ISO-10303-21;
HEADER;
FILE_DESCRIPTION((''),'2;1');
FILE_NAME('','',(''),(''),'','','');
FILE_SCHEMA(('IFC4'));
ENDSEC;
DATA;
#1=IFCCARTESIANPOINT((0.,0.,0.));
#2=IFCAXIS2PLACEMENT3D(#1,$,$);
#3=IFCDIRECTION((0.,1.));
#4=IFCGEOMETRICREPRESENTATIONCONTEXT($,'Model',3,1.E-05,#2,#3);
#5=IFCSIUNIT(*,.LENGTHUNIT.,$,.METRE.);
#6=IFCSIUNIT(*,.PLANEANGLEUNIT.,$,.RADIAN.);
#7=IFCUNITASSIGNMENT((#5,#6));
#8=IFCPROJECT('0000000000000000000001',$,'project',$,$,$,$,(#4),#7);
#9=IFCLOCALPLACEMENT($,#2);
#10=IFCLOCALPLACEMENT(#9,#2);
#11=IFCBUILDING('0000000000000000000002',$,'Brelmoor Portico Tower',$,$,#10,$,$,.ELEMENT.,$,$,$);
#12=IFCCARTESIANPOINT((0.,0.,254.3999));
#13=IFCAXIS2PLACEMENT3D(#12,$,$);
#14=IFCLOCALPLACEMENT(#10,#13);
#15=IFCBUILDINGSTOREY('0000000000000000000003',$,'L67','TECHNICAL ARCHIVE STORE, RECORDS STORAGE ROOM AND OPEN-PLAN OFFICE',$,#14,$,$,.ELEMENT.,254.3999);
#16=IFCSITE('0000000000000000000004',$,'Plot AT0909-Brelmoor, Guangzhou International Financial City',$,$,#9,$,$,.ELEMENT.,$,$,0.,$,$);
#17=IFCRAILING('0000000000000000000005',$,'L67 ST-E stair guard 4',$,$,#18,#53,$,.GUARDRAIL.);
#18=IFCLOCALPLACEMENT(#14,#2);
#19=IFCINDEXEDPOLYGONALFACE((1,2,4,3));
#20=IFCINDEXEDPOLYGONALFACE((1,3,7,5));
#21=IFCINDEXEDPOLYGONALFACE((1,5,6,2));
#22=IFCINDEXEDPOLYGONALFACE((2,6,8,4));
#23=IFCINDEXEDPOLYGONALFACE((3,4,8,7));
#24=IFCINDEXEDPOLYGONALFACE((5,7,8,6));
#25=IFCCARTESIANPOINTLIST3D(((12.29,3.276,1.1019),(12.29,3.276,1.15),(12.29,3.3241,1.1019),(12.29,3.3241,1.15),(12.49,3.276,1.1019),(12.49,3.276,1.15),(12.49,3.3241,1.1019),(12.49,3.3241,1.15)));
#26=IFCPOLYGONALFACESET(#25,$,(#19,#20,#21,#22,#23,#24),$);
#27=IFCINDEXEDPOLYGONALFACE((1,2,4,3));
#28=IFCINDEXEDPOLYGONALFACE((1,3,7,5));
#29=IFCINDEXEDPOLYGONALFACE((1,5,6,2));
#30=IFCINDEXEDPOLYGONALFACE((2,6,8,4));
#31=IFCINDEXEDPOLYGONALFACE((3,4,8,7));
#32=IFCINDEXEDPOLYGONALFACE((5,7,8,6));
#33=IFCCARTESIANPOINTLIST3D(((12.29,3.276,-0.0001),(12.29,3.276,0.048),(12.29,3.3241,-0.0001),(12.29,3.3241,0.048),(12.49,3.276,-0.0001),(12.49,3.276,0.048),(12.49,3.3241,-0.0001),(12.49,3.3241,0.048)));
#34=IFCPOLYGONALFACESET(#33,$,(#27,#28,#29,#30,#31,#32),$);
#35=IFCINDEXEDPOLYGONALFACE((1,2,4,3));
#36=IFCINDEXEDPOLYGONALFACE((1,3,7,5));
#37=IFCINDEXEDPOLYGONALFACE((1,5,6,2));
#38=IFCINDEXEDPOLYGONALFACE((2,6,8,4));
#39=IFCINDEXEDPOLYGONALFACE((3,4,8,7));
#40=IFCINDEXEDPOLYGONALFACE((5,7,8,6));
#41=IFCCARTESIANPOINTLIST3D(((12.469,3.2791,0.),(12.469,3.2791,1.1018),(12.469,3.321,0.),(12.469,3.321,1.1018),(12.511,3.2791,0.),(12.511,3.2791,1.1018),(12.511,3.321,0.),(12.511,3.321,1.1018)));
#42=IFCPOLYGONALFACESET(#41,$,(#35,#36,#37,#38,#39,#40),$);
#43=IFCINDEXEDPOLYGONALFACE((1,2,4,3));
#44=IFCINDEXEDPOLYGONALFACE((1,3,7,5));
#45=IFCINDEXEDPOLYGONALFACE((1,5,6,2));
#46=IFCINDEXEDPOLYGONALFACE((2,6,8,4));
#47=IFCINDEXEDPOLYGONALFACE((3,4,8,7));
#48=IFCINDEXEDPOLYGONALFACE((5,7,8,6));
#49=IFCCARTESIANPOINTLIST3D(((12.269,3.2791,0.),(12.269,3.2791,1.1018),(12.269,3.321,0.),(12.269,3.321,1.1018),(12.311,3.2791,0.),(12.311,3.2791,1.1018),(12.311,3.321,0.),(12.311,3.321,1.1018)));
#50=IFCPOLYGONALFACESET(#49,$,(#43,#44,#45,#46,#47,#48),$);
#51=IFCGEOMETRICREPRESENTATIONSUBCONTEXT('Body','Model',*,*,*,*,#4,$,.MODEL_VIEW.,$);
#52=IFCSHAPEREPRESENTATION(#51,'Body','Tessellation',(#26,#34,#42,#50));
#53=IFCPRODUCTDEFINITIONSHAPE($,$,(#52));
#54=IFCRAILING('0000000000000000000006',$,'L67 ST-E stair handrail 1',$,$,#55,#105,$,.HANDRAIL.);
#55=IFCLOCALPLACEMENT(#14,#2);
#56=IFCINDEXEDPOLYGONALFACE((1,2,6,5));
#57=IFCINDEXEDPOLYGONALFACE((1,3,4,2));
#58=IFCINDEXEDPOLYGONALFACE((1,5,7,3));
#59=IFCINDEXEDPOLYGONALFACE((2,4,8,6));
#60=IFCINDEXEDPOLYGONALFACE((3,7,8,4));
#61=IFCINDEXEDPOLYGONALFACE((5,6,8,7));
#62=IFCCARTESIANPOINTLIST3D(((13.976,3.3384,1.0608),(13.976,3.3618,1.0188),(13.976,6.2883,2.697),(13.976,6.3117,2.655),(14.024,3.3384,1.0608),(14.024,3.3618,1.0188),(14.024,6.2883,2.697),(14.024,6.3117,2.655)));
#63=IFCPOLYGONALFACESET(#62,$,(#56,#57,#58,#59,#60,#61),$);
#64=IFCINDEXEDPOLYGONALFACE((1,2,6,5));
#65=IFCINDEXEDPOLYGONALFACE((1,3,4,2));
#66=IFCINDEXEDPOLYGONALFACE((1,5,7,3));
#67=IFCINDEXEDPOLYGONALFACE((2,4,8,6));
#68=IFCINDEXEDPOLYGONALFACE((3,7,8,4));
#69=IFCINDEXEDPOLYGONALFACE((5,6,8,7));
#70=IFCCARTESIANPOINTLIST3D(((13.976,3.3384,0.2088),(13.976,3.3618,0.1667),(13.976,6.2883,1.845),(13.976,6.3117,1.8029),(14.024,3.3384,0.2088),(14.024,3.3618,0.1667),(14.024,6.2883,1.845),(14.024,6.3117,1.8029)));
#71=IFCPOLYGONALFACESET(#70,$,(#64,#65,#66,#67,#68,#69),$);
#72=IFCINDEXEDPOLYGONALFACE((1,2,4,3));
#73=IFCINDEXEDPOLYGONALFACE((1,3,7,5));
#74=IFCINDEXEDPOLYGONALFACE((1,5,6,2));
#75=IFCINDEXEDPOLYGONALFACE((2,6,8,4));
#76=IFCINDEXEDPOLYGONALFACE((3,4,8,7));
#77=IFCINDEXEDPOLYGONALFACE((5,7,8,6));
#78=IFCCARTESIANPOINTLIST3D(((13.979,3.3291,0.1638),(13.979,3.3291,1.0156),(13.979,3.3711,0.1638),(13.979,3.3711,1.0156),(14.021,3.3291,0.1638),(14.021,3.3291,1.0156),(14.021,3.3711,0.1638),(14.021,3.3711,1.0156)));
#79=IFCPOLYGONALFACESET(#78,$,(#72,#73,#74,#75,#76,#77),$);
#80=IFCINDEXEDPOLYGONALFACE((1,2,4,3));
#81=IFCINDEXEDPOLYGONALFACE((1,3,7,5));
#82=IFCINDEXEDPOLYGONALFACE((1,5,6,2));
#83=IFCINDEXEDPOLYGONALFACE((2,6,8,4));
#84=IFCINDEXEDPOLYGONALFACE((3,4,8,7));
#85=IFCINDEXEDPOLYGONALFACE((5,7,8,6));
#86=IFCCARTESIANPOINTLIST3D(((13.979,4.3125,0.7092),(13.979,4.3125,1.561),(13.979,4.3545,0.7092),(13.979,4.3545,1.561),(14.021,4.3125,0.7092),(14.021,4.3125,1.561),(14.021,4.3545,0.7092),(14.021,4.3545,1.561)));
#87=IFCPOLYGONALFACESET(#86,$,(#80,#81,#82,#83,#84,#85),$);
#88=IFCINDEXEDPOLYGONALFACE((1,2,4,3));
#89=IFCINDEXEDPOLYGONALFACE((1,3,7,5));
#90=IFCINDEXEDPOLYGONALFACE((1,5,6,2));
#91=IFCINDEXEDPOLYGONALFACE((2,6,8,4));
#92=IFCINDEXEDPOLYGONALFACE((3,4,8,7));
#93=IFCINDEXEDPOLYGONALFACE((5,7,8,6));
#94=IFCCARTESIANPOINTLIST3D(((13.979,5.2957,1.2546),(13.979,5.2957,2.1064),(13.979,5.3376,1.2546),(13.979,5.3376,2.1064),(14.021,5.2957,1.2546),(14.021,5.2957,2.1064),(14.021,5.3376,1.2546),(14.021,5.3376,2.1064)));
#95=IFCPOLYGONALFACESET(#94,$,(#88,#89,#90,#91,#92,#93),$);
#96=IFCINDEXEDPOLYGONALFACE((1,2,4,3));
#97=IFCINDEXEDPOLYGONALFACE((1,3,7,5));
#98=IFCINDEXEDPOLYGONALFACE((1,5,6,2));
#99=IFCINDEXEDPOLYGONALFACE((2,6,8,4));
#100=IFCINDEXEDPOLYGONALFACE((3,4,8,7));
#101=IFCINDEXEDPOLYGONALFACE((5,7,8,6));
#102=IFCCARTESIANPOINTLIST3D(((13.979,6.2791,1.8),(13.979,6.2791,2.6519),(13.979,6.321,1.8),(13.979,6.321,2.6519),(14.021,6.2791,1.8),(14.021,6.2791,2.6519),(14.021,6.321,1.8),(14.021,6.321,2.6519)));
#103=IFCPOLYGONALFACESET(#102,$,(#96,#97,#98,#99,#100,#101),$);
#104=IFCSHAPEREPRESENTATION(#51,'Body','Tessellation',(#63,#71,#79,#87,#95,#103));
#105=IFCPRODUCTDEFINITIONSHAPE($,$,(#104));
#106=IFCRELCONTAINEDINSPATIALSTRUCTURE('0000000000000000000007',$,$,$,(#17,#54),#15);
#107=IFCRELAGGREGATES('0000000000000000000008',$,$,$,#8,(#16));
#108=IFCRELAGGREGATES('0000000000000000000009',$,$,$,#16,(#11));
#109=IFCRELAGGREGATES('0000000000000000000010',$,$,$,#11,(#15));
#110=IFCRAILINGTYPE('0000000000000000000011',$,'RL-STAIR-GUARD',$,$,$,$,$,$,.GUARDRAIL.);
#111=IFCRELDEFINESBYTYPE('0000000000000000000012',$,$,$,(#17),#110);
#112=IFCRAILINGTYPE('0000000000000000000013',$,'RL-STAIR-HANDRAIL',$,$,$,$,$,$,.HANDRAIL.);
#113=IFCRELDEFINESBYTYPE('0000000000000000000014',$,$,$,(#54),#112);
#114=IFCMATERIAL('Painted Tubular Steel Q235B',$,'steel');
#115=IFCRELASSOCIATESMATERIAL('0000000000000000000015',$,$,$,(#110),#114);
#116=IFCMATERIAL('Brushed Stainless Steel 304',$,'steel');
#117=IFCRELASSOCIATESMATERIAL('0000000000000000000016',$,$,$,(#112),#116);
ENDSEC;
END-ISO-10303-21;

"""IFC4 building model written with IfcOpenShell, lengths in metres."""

from ifc_helpers import new_model, si_unit, direction, frame, origin, origin_2d, place, context, subcontext, project, spatial, rectangle, extrude, material, type_object, element, save


model = new_model("IFC4")

# Units and contexts
model_context = context("Model", 3, precision=1e-05, world=origin(), true_north=direction((0.0, 1.0)))
body_context = subcontext(model_context, "Body", "Model", "MODEL_VIEW")
ifc_project = project(units=[si_unit("LENGTHUNIT", "METRE"), si_unit("PLANEANGLEUNIT", "RADIAN")], contexts=[model_context])

# Site, building, storey
site_placement = place(None, origin())
site = spatial("IfcSite", under=ifc_project, at=site_placement, Name="Plot AT0909-Brelmoor, Guangzhou International Financial City", CompositionType="ELEMENT", RefElevation=0.0)
building_placement = place(site_placement, origin())
building = spatial("IfcBuilding", under=site, at=building_placement, Name="Brelmoor Portico Tower", CompositionType="ELEMENT")
storey_placement = place(building_placement, frame((0.0, 0.0, 254.3999)))
storey = spatial("IfcBuildingStorey", under=building, at=storey_placement, Name="L67", Description="TECHNICAL ARCHIVE STORE, RECORDS STORAGE ROOM AND OPEN-PLAN OFFICE", CompositionType="ELEMENT", Elevation=254.3999)

# Railings
ifc_material_1 = material(Name="Painted Tubular Steel Q235B", Category="steel")
railing_type_1 = type_object("IfcRailingType", Name="RL-STAIR-GUARD", PredefinedType="GUARDRAIL", material=ifc_material_1)
railing_1_placement = place(storey_placement, frame((12.49, 3.3, 0.0)))
element("IfcRailing", 1, at=railing_1_placement, inside=storey, type_object=railing_type_1, Name="L67 ST-E stair guard 4", PredefinedType="GUARDRAIL", context=body_context, shape_type="SweptSolid", body=[
    extrude(rectangle(XDim=0.0481, YDim=0.0481, at=origin_2d()), frame((0.0, 0.0, 1.126), z_axis=(-1.0, 0.0, 0.0), x_axis=(0.0, -1.0, 0.0)), (0.0, 0.0, 1.0), 0.2),
    extrude(rectangle(XDim=0.0481, YDim=0.0481, at=origin_2d()), frame((0.0, 0.0, 0.0239), z_axis=(-1.0, 0.0, 0.0), x_axis=(0.0, -1.0, 0.0)), (0.0, 0.0, 1.0), 0.2),
    extrude(rectangle(XDim=0.042, YDim=0.042, at=origin_2d()), origin(), (0.0, 0.0, 1.0), 1.1018),
    extrude(rectangle(XDim=0.042, YDim=0.042, at=origin_2d()), frame((-0.2, 0.0, 0.0)), (0.0, 0.0, 1.0), 1.1018),
])
ifc_material_2 = material(Name="Brushed Stainless Steel 304", Category="steel")
railing_type_2 = type_object("IfcRailingType", Name="RL-STAIR-HANDRAIL", PredefinedType="HANDRAIL", material=ifc_material_2)
railing_2_placement = place(storey_placement, frame((14.0, 3.3501, 0.1638)))
element("IfcRailing", 2, at=railing_2_placement, inside=storey, type_object=railing_type_2, Name="L67 ST-E stair handrail 1", PredefinedType="HANDRAIL", context=body_context, shape_type="SweptSolid", body=[
    extrude(rectangle(XDim=0.0481, YDim=0.0481, at=origin_2d()), frame((0.0, 0.0, 0.876), z_axis=(0.0, 0.874488, 0.485047), x_axis=(-1.0, 0.0, 0.0)), (0.0, 0.0, 1.0), 3.3733),
    extrude(rectangle(XDim=0.0481, YDim=0.0481, at=origin_2d()), frame((0.0, 0.0, 0.0239), z_axis=(0.0, 0.874488, 0.485047), x_axis=(-1.0, 0.0, 0.0)), (0.0, 0.0, 1.0), 3.3733),
    extrude(rectangle(XDim=0.042, YDim=0.042, at=origin_2d()), origin(), (0.0, 0.0, 1.0), 0.8518),
    extrude(rectangle(XDim=0.042, YDim=0.042, at=origin_2d()), frame((0.0, 0.9834, 0.5454)), (0.0, 0.0, 1.0), 0.8518),
    extrude(rectangle(XDim=0.042, YDim=0.042, at=origin_2d()), frame((0.0, 1.9666, 1.0908)), (0.0, 0.0, 1.0), 0.8518),
    extrude(rectangle(XDim=0.042, YDim=0.042, at=origin_2d()), frame((0.0, 2.95, 1.6362)), (0.0, 0.0, 1.0), 0.8518),
])

save(model, "model.ifc")
